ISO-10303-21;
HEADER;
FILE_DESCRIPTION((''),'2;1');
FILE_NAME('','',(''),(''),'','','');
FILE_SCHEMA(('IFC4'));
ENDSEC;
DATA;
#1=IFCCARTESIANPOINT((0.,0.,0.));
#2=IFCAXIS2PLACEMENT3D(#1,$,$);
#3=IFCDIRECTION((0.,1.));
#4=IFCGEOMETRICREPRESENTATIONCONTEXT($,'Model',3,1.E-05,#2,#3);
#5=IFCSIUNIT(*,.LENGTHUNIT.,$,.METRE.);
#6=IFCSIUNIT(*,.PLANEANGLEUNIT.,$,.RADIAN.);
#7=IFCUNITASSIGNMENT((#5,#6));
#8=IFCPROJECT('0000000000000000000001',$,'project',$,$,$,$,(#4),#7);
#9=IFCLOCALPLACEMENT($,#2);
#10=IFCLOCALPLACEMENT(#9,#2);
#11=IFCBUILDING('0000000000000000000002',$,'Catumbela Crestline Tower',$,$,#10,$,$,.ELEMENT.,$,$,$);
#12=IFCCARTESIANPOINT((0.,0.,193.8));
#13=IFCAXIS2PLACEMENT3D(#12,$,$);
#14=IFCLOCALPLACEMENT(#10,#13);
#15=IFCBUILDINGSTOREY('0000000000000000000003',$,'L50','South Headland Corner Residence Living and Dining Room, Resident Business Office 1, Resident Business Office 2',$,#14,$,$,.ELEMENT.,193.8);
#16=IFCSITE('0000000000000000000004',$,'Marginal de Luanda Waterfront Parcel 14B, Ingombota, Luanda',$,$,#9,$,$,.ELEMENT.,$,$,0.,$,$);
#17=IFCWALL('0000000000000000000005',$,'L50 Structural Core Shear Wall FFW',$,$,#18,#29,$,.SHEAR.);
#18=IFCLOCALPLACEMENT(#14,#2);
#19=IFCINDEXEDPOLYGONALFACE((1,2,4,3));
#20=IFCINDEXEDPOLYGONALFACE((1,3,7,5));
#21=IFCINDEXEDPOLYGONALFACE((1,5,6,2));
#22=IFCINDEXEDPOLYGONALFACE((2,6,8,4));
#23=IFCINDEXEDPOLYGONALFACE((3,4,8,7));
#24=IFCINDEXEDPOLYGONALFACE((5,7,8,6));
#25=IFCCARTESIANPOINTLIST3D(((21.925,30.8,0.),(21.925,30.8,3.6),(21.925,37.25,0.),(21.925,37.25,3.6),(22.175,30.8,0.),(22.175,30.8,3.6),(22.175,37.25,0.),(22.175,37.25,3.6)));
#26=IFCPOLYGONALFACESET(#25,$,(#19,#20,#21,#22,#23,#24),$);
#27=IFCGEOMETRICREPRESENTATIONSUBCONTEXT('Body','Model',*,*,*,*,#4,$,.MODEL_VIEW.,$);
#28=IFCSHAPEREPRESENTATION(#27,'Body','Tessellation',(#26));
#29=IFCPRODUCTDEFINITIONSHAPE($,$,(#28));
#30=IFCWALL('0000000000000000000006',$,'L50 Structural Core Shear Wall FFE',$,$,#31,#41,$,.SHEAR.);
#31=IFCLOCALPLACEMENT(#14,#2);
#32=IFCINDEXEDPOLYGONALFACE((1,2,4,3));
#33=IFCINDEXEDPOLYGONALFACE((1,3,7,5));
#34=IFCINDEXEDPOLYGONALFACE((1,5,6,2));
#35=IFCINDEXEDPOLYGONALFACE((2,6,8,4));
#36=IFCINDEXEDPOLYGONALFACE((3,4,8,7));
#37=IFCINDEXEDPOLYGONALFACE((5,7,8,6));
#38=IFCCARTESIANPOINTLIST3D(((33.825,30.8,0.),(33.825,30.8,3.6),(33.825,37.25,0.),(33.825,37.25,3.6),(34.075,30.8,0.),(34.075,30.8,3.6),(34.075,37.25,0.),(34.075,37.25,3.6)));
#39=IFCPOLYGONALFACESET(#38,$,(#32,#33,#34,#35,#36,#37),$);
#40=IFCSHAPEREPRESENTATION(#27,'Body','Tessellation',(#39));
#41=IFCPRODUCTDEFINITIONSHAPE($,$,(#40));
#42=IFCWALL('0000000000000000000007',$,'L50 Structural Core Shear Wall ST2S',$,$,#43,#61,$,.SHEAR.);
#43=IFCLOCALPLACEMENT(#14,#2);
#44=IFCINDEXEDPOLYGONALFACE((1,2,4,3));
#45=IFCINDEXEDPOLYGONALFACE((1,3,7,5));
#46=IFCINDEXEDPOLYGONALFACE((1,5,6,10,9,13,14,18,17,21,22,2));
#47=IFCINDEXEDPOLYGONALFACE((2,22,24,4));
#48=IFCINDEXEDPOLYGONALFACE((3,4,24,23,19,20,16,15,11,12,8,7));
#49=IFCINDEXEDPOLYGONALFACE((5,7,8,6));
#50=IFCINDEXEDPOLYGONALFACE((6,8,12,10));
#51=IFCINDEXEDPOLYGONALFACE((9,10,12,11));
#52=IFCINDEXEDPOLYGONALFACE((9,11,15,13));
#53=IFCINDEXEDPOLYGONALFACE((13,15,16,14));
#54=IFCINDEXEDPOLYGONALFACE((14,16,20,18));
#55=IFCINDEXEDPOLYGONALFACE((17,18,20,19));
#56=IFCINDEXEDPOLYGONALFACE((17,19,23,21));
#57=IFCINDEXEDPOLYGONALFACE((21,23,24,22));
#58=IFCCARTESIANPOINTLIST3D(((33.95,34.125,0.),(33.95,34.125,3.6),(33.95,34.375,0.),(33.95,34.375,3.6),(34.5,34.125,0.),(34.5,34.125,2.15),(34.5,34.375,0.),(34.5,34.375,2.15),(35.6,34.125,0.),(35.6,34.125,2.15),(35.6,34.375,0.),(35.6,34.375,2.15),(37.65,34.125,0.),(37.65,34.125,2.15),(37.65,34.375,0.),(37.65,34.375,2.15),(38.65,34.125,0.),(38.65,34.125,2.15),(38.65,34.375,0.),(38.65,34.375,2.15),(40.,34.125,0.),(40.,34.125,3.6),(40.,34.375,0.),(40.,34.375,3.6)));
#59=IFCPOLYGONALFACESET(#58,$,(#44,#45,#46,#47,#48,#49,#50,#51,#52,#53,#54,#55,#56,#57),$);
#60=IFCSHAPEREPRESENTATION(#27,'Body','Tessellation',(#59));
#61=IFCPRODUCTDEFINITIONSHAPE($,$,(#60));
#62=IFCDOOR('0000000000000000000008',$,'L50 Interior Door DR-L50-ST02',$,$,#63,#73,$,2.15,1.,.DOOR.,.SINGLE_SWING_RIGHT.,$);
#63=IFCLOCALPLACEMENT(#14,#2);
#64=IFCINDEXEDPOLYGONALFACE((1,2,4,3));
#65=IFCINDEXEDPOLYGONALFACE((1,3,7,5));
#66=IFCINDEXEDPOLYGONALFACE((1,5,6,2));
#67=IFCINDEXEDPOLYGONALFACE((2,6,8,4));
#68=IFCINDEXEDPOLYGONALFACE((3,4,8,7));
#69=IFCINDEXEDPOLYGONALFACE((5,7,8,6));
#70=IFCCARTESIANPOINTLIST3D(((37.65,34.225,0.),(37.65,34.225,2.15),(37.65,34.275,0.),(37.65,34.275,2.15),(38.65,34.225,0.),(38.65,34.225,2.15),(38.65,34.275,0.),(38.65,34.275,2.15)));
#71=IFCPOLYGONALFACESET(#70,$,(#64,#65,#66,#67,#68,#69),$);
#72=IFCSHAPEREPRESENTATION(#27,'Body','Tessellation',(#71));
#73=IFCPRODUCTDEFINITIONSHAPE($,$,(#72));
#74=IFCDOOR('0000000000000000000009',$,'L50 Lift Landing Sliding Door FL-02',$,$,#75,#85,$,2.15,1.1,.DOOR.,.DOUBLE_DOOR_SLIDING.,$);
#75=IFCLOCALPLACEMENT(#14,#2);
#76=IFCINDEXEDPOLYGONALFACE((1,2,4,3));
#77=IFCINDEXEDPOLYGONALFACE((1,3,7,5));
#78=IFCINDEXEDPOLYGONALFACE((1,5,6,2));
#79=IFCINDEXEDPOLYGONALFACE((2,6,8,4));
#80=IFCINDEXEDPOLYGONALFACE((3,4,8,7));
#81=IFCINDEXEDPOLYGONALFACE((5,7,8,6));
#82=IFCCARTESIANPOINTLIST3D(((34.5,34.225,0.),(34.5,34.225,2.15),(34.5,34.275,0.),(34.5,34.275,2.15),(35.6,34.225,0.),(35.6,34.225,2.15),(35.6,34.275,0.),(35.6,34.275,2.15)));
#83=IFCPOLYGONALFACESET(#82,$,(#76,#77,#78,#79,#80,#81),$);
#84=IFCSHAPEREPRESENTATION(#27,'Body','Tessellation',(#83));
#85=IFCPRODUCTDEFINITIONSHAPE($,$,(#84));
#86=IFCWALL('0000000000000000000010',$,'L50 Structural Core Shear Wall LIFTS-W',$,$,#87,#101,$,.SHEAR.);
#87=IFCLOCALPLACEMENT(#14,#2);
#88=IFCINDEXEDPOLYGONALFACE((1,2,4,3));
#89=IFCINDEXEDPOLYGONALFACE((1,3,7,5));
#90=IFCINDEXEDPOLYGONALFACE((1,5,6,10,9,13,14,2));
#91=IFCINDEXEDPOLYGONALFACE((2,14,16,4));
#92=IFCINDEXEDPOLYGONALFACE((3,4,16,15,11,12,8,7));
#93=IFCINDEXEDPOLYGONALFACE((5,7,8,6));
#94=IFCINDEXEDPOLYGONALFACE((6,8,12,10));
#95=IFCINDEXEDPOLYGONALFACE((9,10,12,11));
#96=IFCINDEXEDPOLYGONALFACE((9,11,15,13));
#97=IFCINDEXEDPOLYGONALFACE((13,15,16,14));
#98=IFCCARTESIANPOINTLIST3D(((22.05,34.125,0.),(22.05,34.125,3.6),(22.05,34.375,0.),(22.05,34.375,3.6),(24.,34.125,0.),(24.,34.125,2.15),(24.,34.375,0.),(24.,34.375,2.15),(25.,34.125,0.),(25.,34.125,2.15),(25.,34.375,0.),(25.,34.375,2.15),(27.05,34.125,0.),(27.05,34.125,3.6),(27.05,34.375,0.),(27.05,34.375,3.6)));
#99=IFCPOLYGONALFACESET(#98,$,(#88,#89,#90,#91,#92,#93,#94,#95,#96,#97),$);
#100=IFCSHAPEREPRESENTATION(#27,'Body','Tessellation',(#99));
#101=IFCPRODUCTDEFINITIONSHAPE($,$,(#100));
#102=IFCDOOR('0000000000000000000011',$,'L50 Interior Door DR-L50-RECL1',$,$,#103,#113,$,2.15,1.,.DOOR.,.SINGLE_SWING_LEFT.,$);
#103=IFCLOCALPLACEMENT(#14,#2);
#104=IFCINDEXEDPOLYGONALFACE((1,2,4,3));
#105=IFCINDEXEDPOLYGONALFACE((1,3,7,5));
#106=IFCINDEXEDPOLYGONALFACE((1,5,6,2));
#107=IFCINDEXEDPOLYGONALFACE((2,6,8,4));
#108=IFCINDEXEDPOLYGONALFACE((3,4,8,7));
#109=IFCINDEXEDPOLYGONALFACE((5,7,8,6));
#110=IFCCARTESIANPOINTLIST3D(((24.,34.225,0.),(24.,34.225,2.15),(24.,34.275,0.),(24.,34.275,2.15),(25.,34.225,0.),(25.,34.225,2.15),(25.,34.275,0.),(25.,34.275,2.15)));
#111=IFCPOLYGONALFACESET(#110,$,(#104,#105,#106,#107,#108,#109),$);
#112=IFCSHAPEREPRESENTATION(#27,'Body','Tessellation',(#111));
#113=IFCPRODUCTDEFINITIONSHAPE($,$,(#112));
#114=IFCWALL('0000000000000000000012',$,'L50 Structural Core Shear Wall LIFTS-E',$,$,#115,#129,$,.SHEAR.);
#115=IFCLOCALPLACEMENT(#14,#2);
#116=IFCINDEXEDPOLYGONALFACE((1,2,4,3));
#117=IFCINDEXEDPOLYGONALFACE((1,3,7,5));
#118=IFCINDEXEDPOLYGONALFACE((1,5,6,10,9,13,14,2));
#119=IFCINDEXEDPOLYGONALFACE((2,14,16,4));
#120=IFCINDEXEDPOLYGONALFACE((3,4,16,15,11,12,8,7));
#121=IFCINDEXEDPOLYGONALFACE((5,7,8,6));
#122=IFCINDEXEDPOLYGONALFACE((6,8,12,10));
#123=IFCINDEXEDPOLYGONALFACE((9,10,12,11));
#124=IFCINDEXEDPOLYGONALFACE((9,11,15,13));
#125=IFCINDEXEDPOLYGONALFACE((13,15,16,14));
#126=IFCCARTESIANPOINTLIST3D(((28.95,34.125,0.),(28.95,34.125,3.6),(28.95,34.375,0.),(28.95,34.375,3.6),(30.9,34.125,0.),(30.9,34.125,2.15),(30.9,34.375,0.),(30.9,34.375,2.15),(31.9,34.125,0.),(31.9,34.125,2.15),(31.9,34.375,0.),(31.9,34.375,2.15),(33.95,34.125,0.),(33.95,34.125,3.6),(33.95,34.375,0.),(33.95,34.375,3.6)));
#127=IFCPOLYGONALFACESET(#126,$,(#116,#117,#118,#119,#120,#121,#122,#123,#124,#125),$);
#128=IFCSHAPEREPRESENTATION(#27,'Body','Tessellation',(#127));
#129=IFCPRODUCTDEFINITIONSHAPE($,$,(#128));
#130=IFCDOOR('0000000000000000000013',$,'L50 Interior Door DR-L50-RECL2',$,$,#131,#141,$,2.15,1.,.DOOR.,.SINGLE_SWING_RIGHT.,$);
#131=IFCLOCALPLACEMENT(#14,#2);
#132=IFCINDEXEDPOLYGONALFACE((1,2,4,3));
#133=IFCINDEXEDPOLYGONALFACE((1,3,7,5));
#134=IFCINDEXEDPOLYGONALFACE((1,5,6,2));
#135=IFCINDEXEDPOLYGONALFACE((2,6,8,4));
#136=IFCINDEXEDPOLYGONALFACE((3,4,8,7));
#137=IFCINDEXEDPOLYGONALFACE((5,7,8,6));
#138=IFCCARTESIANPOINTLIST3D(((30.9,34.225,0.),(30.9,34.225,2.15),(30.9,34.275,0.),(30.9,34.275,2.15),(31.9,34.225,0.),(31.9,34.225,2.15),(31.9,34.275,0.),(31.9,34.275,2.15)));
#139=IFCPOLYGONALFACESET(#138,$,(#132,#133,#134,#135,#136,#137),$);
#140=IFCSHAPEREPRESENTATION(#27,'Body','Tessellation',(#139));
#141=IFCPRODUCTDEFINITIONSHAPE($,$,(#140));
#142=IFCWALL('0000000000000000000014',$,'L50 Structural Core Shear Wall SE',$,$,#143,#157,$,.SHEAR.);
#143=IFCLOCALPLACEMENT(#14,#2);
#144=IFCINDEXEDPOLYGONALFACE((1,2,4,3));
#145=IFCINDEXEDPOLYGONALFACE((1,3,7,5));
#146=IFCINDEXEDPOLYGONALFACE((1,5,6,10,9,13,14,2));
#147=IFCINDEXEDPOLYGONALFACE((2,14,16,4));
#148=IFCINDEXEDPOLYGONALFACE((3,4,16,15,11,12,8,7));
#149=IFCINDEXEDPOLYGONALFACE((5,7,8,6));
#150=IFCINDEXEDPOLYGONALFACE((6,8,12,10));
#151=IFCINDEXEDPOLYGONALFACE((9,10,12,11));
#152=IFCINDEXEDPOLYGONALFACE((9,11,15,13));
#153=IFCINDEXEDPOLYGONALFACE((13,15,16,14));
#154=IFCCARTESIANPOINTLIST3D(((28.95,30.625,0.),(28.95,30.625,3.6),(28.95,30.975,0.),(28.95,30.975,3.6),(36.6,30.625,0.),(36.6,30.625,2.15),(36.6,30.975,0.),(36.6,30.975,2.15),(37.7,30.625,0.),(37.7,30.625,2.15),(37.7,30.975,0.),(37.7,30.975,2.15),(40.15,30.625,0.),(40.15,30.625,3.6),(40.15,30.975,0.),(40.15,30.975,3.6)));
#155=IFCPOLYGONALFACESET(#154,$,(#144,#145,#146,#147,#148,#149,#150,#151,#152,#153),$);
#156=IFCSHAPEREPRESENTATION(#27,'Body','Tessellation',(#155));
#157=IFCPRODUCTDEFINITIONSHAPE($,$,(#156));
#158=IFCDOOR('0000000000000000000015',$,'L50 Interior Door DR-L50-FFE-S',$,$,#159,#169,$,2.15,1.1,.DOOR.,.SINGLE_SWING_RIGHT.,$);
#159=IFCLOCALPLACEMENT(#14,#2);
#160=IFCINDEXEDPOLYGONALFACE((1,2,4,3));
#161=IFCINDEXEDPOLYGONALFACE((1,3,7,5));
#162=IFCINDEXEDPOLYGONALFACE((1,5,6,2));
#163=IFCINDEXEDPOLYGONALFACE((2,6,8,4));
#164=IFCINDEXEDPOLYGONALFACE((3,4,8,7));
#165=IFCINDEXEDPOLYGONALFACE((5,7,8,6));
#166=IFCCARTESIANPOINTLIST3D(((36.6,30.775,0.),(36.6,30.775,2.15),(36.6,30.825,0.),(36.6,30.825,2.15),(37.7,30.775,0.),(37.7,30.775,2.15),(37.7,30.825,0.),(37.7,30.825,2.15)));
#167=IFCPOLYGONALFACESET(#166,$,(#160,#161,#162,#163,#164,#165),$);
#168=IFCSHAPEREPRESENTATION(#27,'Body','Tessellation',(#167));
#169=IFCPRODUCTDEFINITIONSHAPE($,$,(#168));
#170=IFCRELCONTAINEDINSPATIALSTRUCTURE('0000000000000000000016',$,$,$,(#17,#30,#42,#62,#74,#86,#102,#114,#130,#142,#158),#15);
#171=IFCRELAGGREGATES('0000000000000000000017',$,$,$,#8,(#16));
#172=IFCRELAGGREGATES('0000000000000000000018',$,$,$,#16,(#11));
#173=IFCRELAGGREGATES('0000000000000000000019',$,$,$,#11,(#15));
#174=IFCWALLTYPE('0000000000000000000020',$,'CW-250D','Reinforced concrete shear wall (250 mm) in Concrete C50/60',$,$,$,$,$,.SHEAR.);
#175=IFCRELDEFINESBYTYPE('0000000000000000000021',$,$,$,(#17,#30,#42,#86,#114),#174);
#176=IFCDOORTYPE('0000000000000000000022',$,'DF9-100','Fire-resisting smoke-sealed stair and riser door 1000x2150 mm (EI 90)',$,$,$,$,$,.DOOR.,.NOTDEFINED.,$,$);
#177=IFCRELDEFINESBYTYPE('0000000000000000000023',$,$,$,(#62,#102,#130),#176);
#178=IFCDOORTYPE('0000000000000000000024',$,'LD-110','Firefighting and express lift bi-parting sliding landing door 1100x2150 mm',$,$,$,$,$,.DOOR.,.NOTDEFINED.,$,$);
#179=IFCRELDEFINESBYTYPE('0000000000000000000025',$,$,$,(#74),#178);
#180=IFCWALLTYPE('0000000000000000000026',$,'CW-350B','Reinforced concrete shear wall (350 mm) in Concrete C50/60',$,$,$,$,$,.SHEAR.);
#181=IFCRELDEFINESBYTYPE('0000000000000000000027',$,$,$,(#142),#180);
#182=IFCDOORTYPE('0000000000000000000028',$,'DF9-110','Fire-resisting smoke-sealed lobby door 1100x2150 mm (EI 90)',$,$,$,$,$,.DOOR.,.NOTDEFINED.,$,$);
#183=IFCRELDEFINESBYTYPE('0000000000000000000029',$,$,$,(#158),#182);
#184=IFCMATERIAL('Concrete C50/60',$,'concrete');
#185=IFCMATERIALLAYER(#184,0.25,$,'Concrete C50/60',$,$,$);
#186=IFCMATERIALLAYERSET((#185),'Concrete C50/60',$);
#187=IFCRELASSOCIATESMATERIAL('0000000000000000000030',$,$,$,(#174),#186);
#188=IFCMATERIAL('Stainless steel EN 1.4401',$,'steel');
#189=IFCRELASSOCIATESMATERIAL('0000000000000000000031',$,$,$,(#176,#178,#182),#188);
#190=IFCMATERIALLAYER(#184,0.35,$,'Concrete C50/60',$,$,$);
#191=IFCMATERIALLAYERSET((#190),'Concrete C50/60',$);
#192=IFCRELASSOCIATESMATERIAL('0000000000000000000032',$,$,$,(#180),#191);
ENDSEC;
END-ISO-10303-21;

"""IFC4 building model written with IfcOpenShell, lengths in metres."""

from ifc_helpers import new_model, si_unit, direction, frame, frame_2d, origin, place, context, subcontext, project, spatial, rectangle, extrude, material, layer, layer_set, type_object, element, fill, save


model = new_model("IFC4")

# Units and contexts
model_context = context("Model", 3, precision=1e-05, world=origin(), true_north=direction((0.0, 1.0)))
body_context = subcontext(model_context, "Body", "Model", "MODEL_VIEW")
ifc_project = project(units=[si_unit("LENGTHUNIT", "METRE"), si_unit("PLANEANGLEUNIT", "RADIAN")], contexts=[model_context])

# Site, building, storey
site_placement = place(None, origin())
site = spatial("IfcSite", under=ifc_project, at=site_placement, Name="Marginal de Luanda Waterfront Parcel 14B, Ingombota, Luanda", CompositionType="ELEMENT", RefElevation=0.0)
building_placement = place(site_placement, origin())
building = spatial("IfcBuilding", under=site, at=building_placement, Name="Catumbela Crestline Tower", CompositionType="ELEMENT")
storey_placement = place(building_placement, frame((0.0, 0.0, 193.8)))
storey = spatial("IfcBuildingStorey", under=building, at=storey_placement, Name="L50", Description="South Headland Corner Residence Living and Dining Room, Resident Business Office 1, Resident Business Office 2", CompositionType="ELEMENT", Elevation=193.8)

# Walls
ifc_material_1 = material(Name="Concrete C50/60", Category="concrete")
ifc_layer_1 = layer(ifc_material_1, 0.25, Name="Concrete C50/60")
ifc_layer_set_1 = layer_set([ifc_layer_1], Name="Concrete C50/60")
wall_type_1 = type_object("IfcWallType", Name="CW-250D", Description="Reinforced concrete shear wall (250 mm) in Concrete C50/60", PredefinedType="SHEAR", material=ifc_layer_set_1)
for number, where, z_axis, x_axis, name in (
    (1, (22.05, 30.8, 0.0), (0.0, 0.0, 1.0), (0.0, 1.0, 0.0), "L50 Structural Core Shear Wall FFW"),
    (2, (33.95, 30.8, 0.0), (0.0, 0.0, 1.0), (0.0, 1.0, 0.0), "L50 Structural Core Shear Wall FFE"),
):
    element("IfcWall", number, at=place(storey_placement, frame(where, z_axis=z_axis, x_axis=x_axis)), inside=storey, type_object=wall_type_1, Name=name, PredefinedType="SHEAR", context=body_context, shape_type="SweptSolid", body=[
        extrude(rectangle(XDim=6.45, YDim=0.25, at=frame_2d((3.225, 0.0))), origin(), (0.0, 0.0, 1.0), 3.6),
    ])

# Wall, openings, doors
wall_1_placement = place(storey_placement, frame((33.95, 34.25, 0.0), z_axis=(0.0, 0.0, 1.0), x_axis=(1.0, 0.0, 0.0)))
wall_1 = element("IfcWall", 3, at=wall_1_placement, inside=storey, type_object=wall_type_1, Name="L50 Structural Core Shear Wall ST2S", PredefinedType="SHEAR", context=body_context, shape_type="SweptSolid", body=[
    extrude(rectangle(XDim=6.05, YDim=0.25, at=frame_2d((3.025, 0.0))), origin(), (0.0, 0.0, 1.0), 3.6),
])
opening_1_placement = place(wall_1_placement, frame((3.7, 0.0, 0.0)))
opening_1 = element("IfcOpeningElement", 4, at=opening_1_placement, cuts=wall_1, PredefinedType="OPENING", context=body_context, shape_type="SweptSolid", body=[
    extrude(rectangle(XDim=1.0, YDim=2.15, at=frame_2d((0.5, 1.075))), frame((0.0, 0.135, 0.0), z_axis=(0.0, -1.0, 0.0), x_axis=(1.0, 0.0, 0.0)), (0.0, 0.0, 1.0), 0.27),
])
opening_2_placement = place(wall_1_placement, frame((0.55, 0.0, 0.0)))
opening_2 = element("IfcOpeningElement", 5, at=opening_2_placement, cuts=wall_1, PredefinedType="OPENING", context=body_context, shape_type="SweptSolid", body=[
    extrude(rectangle(XDim=1.1, YDim=2.15, at=frame_2d((0.55, 1.075))), frame((0.0, 0.135, 0.0), z_axis=(0.0, -1.0, 0.0), x_axis=(1.0, 0.0, 0.0)), (0.0, 0.0, 1.0), 0.27),
])
ifc_material_2 = material(Name="Stainless steel EN 1.4401", Category="steel")
door_type_1 = type_object("IfcDoorType", Name="DF9-100", Description="Fire-resisting smoke-sealed stair and riser door 1000x2150 mm (EI 90)", OperationType="NOTDEFINED", PredefinedType="DOOR", material=ifc_material_2)
door_1_placement = place(opening_1_placement, origin())
door_1 = element("IfcDoor", 6, at=door_1_placement, inside=storey, type_object=door_type_1, Name="L50 Interior Door DR-L50-ST02", OperationType="SINGLE_SWING_RIGHT", OverallHeight=2.15, OverallWidth=1.0, PredefinedType="DOOR", context=body_context, shape_type="SweptSolid", body=[
    extrude(rectangle(XDim=1.0, YDim=2.15, at=frame_2d((0.5, 1.075))), frame((0.0, 0.025, 0.0), z_axis=(0.0, -1.0, 0.0), x_axis=(1.0, 0.0, 0.0)), (0.0, 0.0, 1.0), 0.05),
])
fill(opening_1, door_1)
door_type_2 = type_object("IfcDoorType", Name="LD-110", Description="Firefighting and express lift bi-parting sliding landing door 1100x2150 mm", OperationType="NOTDEFINED", PredefinedType="DOOR", material=ifc_material_2)
door_2_placement = place(opening_2_placement, origin())
door_2 = element("IfcDoor", 7, at=door_2_placement, inside=storey, type_object=door_type_2, Name="L50 Lift Landing Sliding Door FL-02", OperationType="DOUBLE_DOOR_SLIDING", OverallHeight=2.15, OverallWidth=1.1, PredefinedType="DOOR", context=body_context, shape_type="SweptSolid", body=[
    extrude(rectangle(XDim=1.1, YDim=2.15, at=frame_2d((0.55, 1.075))), frame((0.0, 0.025, 0.0), z_axis=(0.0, -1.0, 0.0), x_axis=(1.0, 0.0, 0.0)), (0.0, 0.0, 1.0), 0.05),
])
fill(opening_2, door_2)

# Walls, openings, doors
wall_2_placement = place(storey_placement, frame((22.05, 34.25, 0.0), z_axis=(0.0, 0.0, 1.0), x_axis=(1.0, 0.0, 0.0)))
wall_2 = element("IfcWall", 8, at=wall_2_placement, inside=storey, type_object=wall_type_1, Name="L50 Structural Core Shear Wall LIFTS-W", PredefinedType="SHEAR", context=body_context, shape_type="SweptSolid", body=[
    extrude(rectangle(XDim=5.0, YDim=0.25, at=frame_2d((2.5, 0.0))), origin(), (0.0, 0.0, 1.0), 3.6),
])
opening_3_placement = place(wall_2_placement, frame((1.95, 0.0, 0.0)))
opening_3 = element("IfcOpeningElement", 9, at=opening_3_placement, cuts=wall_2, PredefinedType="OPENING", context=body_context, shape_type="SweptSolid", body=[
    extrude(rectangle(XDim=1.0, YDim=2.15, at=frame_2d((0.5, 1.075))), frame((0.0, 0.135, 0.0), z_axis=(0.0, -1.0, 0.0), x_axis=(1.0, 0.0, 0.0)), (0.0, 0.0, 1.0), 0.27),
])
door_3_placement = place(opening_3_placement, origin())
door_3 = element("IfcDoor", 10, at=door_3_placement, inside=storey, type_object=door_type_1, Name="L50 Interior Door DR-L50-RECL1", OperationType="SINGLE_SWING_LEFT", OverallHeight=2.15, OverallWidth=1.0, PredefinedType="DOOR", context=body_context, shape_type="SweptSolid", body=[
    extrude(rectangle(XDim=1.0, YDim=2.15, at=frame_2d((0.5, 1.075))), frame((0.0, 0.025, 0.0), z_axis=(0.0, -1.0, 0.0), x_axis=(1.0, 0.0, 0.0)), (0.0, 0.0, 1.0), 0.05),
])
fill(opening_3, door_3)
wall_3_placement = place(storey_placement, frame((28.95, 34.25, 0.0), z_axis=(0.0, 0.0, 1.0), x_axis=(1.0, 0.0, 0.0)))
wall_3 = element("IfcWall", 11, at=wall_3_placement, inside=storey, type_object=wall_type_1, Name="L50 Structural Core Shear Wall LIFTS-E", PredefinedType="SHEAR", context=body_context, shape_type="SweptSolid", body=[
    extrude(rectangle(XDim=5.0, YDim=0.25, at=frame_2d((2.5, 0.0))), origin(), (0.0, 0.0, 1.0), 3.6),
])
opening_4_placement = place(wall_3_placement, frame((1.95, 0.0, 0.0)))
opening_4 = element("IfcOpeningElement", 12, at=opening_4_placement, cuts=wall_3, PredefinedType="OPENING", context=body_context, shape_type="SweptSolid", body=[
    extrude(rectangle(XDim=1.0, YDim=2.15, at=frame_2d((0.5, 1.075))), frame((0.0, 0.135, 0.0), z_axis=(0.0, -1.0, 0.0), x_axis=(1.0, 0.0, 0.0)), (0.0, 0.0, 1.0), 0.27),
])
door_4_placement = place(opening_4_placement, origin())
door_4 = element("IfcDoor", 13, at=door_4_placement, inside=storey, type_object=door_type_1, Name="L50 Interior Door DR-L50-RECL2", OperationType="SINGLE_SWING_RIGHT", OverallHeight=2.15, OverallWidth=1.0, PredefinedType="DOOR", context=body_context, shape_type="SweptSolid", body=[
    extrude(rectangle(XDim=1.0, YDim=2.15, at=frame_2d((0.5, 1.075))), frame((0.0, 0.025, 0.0), z_axis=(0.0, -1.0, 0.0), x_axis=(1.0, 0.0, 0.0)), (0.0, 0.0, 1.0), 0.05),
])
fill(opening_4, door_4)
ifc_layer_2 = layer(ifc_material_1, 0.35, Name="Concrete C50/60")
ifc_layer_set_2 = layer_set([ifc_layer_2], Name="Concrete C50/60")
wall_type_2 = type_object("IfcWallType", Name="CW-350B", Description="Reinforced concrete shear wall (350 mm) in Concrete C50/60", PredefinedType="SHEAR", material=ifc_layer_set_2)
wall_4_placement = place(storey_placement, frame((28.95, 30.8, 0.0), z_axis=(0.0, 0.0, 1.0), x_axis=(1.0, 0.0, 0.0)))
wall_4 = element("IfcWall", 14, at=wall_4_placement, inside=storey, type_object=wall_type_2, Name="L50 Structural Core Shear Wall SE", PredefinedType="SHEAR", context=body_context, shape_type="SweptSolid", body=[
    extrude(rectangle(XDim=11.2, YDim=0.35, at=frame_2d((5.6, 0.0))), origin(), (0.0, 0.0, 1.0), 3.6),
])
opening_5_placement = place(wall_4_placement, frame((7.65, 0.0, 0.0)))
opening_5 = element("IfcOpeningElement", 15, at=opening_5_placement, cuts=wall_4, PredefinedType="OPENING", context=body_context, shape_type="SweptSolid", body=[
    extrude(rectangle(XDim=1.1, YDim=2.15, at=frame_2d((0.55, 1.075))), frame((0.0, 0.185, 0.0), z_axis=(0.0, -1.0, 0.0), x_axis=(1.0, 0.0, 0.0)), (0.0, 0.0, 1.0), 0.37),
])
door_type_3 = type_object("IfcDoorType", Name="DF9-110", Description="Fire-resisting smoke-sealed lobby door 1100x2150 mm (EI 90)", OperationType="NOTDEFINED", PredefinedType="DOOR", material=ifc_material_2)
door_5_placement = place(opening_5_placement, origin())
door_5 = element("IfcDoor", 16, at=door_5_placement, inside=storey, type_object=door_type_3, Name="L50 Interior Door DR-L50-FFE-S", OperationType="SINGLE_SWING_RIGHT", OverallHeight=2.15, OverallWidth=1.1, PredefinedType="DOOR", context=body_context, shape_type="SweptSolid", body=[
    extrude(rectangle(XDim=1.1, YDim=2.15, at=frame_2d((0.55, 1.075))), frame((0.0, 0.025, 0.0), z_axis=(0.0, -1.0, 0.0), x_axis=(1.0, 0.0, 0.0)), (0.0, 0.0, 1.0), 0.05),
])
fill(opening_5, door_5)

save(model, "model.ifc")
